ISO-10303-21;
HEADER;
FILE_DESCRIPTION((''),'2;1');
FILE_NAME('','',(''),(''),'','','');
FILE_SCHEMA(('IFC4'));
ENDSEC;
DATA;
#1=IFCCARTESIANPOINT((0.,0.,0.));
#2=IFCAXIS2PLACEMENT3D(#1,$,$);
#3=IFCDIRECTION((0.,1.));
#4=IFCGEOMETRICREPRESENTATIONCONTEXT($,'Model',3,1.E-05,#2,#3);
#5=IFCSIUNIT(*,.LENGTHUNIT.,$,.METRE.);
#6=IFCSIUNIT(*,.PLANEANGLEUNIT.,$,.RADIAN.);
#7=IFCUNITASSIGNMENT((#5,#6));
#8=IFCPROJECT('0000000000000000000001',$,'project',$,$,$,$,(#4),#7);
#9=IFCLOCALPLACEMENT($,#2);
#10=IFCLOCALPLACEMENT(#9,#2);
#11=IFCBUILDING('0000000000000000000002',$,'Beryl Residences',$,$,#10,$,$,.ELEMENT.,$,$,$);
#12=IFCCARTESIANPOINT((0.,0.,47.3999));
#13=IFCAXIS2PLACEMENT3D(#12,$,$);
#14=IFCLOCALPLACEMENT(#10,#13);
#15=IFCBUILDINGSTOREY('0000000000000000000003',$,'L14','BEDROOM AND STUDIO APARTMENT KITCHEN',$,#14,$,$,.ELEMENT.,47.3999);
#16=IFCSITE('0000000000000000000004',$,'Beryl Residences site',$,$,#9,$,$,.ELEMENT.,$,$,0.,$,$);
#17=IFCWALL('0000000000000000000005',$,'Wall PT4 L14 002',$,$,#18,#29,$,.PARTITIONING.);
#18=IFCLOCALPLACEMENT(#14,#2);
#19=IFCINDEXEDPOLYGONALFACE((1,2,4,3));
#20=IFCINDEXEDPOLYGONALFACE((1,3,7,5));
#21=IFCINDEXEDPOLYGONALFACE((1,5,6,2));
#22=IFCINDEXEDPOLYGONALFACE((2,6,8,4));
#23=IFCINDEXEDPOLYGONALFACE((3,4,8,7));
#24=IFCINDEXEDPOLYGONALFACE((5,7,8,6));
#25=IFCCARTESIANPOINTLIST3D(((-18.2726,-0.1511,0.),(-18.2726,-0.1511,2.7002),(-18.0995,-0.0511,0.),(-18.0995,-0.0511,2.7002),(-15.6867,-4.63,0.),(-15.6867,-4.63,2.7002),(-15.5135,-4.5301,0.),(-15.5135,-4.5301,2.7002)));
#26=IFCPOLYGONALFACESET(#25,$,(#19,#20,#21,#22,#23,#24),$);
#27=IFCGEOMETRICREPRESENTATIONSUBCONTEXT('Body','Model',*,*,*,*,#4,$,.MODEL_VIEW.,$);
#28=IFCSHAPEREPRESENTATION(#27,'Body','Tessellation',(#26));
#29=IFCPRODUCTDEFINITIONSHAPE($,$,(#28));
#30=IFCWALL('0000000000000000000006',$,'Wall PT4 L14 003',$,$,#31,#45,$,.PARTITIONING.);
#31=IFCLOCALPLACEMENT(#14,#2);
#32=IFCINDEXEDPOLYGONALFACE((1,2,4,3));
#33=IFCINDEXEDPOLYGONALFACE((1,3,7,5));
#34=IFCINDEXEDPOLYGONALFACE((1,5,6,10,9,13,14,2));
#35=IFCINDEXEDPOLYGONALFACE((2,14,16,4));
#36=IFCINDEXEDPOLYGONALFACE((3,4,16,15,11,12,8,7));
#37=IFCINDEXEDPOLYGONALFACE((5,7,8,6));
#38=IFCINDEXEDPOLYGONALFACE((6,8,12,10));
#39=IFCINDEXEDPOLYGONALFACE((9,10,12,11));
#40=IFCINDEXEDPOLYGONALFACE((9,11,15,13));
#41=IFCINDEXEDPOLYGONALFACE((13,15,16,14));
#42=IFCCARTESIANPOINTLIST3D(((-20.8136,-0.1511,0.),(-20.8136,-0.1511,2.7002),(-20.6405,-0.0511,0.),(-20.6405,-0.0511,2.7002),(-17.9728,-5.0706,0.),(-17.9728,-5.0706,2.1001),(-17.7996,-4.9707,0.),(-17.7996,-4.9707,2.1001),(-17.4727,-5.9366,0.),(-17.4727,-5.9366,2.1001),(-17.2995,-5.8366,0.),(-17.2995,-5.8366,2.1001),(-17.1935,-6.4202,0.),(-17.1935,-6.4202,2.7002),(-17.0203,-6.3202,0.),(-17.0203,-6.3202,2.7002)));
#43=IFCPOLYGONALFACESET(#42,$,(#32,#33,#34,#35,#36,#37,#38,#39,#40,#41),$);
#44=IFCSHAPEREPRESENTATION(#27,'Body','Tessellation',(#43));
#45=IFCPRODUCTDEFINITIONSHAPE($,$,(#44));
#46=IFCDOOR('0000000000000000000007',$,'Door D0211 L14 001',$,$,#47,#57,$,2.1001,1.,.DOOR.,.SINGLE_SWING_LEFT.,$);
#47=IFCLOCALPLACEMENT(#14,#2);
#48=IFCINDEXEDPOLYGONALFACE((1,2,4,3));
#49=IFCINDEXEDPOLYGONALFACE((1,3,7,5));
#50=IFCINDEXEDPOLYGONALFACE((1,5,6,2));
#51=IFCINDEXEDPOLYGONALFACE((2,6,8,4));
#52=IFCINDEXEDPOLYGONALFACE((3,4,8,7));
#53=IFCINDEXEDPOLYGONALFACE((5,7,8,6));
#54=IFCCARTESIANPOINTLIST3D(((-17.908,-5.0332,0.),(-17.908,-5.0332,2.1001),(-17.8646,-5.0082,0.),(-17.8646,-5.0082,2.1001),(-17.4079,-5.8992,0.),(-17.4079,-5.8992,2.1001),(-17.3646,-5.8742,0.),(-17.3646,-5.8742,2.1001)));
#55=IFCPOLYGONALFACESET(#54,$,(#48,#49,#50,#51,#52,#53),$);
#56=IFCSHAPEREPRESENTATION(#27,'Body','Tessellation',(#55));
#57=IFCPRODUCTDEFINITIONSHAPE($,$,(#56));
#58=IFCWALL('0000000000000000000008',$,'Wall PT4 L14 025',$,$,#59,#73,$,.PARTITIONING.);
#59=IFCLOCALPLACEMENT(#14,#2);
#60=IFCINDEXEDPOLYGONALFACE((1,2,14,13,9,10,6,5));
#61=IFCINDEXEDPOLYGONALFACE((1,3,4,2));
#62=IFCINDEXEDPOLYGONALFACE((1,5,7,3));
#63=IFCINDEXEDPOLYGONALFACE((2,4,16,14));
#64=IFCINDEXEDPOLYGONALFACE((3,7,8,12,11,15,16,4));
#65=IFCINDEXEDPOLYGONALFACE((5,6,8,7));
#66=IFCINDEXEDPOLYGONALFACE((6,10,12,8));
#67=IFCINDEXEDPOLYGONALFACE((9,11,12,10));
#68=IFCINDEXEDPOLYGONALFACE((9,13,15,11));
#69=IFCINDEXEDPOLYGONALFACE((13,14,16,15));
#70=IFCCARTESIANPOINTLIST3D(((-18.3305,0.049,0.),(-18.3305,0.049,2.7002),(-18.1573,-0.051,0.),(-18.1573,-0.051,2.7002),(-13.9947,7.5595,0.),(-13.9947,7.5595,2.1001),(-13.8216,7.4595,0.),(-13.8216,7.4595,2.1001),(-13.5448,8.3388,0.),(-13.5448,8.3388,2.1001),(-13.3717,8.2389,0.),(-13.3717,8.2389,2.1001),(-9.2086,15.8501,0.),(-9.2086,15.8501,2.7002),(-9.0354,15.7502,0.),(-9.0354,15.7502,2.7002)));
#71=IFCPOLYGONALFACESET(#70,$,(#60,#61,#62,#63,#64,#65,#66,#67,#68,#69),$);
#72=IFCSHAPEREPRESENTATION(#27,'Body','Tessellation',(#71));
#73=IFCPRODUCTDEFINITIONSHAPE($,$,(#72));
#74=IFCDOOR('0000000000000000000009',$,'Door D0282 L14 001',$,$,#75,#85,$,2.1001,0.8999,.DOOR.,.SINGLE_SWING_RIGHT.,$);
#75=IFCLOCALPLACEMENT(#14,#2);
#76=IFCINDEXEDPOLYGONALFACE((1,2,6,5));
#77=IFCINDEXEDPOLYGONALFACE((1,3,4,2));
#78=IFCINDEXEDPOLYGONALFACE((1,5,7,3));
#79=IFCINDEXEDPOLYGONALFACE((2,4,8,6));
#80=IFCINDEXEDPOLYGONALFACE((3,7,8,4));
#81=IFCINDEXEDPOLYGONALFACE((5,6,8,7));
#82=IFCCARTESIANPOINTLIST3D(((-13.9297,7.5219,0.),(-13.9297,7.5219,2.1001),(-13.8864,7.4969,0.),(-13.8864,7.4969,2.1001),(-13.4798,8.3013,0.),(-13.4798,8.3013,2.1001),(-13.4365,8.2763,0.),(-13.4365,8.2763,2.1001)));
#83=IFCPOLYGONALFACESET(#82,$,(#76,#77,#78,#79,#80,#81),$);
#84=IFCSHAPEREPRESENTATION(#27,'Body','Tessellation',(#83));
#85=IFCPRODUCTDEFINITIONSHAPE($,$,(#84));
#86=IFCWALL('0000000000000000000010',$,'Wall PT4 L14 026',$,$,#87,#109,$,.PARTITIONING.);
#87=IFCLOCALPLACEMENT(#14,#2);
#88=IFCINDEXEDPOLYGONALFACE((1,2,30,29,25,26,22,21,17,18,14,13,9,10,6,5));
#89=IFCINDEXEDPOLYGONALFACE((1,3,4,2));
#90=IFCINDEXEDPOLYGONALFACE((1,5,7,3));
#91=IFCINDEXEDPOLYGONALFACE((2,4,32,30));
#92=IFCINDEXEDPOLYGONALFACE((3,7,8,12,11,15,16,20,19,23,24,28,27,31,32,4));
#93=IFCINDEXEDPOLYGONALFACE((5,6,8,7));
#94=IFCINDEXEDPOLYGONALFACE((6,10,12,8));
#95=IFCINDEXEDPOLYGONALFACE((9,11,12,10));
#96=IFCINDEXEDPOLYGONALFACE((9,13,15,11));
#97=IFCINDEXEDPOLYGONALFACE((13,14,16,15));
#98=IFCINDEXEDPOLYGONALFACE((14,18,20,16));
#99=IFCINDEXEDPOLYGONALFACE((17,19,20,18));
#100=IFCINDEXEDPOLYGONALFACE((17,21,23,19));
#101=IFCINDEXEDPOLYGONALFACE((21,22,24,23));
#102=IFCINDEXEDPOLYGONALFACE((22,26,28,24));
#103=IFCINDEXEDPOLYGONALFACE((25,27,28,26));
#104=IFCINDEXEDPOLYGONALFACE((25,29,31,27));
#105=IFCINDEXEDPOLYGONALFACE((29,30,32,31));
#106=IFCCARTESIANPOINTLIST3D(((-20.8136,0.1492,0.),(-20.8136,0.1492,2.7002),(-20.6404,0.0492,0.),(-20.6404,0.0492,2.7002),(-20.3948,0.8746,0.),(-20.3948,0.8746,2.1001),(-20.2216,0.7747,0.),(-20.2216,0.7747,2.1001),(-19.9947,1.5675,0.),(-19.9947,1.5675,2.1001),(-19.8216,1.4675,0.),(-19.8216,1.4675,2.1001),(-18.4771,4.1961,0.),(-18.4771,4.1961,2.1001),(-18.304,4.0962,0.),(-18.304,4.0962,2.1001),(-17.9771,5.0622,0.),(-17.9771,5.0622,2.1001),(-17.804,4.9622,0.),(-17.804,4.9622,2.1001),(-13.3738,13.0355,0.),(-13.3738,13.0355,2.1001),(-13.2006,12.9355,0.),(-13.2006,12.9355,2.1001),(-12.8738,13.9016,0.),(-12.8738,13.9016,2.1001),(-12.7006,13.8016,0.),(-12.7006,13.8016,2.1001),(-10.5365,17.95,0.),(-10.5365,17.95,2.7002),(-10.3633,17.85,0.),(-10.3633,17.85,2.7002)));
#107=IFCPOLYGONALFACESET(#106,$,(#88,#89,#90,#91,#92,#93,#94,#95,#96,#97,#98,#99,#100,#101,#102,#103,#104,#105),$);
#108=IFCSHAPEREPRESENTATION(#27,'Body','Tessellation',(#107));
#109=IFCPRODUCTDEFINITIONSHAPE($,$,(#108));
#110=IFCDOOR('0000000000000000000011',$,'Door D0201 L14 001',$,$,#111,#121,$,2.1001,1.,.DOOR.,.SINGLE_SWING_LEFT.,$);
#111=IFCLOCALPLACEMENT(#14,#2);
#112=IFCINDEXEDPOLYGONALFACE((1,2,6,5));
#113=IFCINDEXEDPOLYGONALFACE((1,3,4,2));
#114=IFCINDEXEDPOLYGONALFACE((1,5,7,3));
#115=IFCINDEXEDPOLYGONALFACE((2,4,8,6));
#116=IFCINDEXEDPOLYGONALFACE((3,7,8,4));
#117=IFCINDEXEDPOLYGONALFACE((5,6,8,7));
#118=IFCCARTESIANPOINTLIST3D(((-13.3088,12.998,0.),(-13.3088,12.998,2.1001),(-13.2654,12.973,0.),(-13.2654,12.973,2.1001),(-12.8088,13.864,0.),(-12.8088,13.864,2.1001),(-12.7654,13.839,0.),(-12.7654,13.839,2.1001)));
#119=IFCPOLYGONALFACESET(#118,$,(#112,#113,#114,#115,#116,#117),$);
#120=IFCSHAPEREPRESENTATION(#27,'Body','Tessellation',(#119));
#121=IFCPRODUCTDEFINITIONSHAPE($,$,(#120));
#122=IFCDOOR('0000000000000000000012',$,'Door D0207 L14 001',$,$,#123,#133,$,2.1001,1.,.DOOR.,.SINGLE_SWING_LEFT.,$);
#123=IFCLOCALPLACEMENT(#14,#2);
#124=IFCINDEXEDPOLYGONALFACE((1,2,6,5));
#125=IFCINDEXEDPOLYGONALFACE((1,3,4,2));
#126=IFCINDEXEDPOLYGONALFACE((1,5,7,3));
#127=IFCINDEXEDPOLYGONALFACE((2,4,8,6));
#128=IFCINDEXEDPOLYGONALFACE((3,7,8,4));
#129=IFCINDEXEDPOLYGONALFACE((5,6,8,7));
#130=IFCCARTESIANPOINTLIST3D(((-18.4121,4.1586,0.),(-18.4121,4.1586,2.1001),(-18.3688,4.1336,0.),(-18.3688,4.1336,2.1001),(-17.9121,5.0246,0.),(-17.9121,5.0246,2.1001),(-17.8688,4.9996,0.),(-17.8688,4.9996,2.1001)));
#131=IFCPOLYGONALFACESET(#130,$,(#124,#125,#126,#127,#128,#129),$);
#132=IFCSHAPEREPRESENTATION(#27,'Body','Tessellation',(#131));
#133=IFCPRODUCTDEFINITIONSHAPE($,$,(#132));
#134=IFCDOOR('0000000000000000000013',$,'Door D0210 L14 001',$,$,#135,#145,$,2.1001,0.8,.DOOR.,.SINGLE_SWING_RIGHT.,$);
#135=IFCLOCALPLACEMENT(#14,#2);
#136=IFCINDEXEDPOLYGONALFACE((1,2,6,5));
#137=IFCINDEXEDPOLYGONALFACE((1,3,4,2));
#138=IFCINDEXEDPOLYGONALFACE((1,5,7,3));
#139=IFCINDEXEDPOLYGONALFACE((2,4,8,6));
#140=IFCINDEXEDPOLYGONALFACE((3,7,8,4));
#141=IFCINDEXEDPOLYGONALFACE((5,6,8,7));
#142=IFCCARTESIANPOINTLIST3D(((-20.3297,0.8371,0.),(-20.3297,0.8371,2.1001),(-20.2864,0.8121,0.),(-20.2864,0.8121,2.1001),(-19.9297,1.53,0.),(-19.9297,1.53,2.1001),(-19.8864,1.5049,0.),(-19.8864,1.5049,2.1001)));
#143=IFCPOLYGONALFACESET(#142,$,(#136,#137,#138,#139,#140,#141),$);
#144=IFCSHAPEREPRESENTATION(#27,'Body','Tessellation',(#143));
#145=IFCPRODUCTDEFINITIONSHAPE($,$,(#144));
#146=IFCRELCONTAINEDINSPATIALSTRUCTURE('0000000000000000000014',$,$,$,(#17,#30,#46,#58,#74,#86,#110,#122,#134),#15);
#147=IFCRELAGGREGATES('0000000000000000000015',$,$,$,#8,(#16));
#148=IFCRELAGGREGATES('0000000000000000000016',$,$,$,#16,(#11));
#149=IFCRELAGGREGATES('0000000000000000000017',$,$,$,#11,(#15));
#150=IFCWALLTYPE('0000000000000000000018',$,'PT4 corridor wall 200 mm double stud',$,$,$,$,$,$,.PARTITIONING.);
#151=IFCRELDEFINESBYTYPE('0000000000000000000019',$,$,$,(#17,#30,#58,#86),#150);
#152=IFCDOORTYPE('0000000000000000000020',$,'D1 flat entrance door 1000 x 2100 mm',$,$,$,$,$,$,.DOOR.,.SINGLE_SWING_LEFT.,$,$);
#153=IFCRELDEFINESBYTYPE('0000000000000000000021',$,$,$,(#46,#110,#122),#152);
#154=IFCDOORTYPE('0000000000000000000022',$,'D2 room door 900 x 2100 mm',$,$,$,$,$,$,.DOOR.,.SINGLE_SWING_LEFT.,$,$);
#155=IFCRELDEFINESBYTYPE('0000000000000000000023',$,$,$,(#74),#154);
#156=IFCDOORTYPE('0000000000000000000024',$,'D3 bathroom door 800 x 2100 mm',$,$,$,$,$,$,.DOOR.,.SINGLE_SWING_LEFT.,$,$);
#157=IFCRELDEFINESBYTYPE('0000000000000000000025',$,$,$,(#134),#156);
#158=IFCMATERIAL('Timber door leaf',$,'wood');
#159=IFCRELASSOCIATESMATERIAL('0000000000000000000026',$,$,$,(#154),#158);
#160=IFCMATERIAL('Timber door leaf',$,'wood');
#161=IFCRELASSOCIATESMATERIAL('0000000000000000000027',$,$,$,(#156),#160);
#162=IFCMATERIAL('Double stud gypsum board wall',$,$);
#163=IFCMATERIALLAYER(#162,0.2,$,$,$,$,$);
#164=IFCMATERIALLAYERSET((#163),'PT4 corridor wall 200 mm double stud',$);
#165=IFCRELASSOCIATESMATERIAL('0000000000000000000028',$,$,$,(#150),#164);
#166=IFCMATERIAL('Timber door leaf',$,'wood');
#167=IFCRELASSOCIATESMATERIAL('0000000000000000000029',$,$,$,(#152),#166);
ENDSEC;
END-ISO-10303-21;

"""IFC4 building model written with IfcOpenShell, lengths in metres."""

from ifc_helpers import new_model, si_unit, direction, frame, frame_2d, origin, place, context, subcontext, project, spatial, rectangle, extrude, material, layer, layer_set, type_object, element, fill, save


model = new_model("IFC4")

# Units and contexts
model_context = context("Model", 3, precision=1e-05, world=origin(), true_north=direction((0.0, 1.0)))
body_context = subcontext(model_context, "Body", "Model", "MODEL_VIEW")
ifc_project = project(units=[si_unit("LENGTHUNIT", "METRE"), si_unit("PLANEANGLEUNIT", "RADIAN")], contexts=[model_context])

# Site, building, storey
site_placement = place(None, origin())
site = spatial("IfcSite", under=ifc_project, at=site_placement, Name="Beryl Residences site", CompositionType="ELEMENT", RefElevation=0.0)
building_placement = place(site_placement, origin())
building = spatial("IfcBuilding", under=site, at=building_placement, Name="Beryl Residences", CompositionType="ELEMENT")
storey_placement = place(building_placement, frame((0.0, 0.0, 47.3999)))
storey = spatial("IfcBuildingStorey", under=building, at=storey_placement, Name="L14", Description="BEDROOM AND STUDIO APARTMENT KITCHEN", CompositionType="ELEMENT", Elevation=47.3999)

# Shared definitions
ifc_material_1 = material(Name="Timber door leaf", Category="wood")
door_type_1 = type_object("IfcDoorType", Name="D2 room door 900 x 2100 mm", OperationType="SINGLE_SWING_LEFT", PredefinedType="DOOR", material=ifc_material_1)
ifc_material_2 = material(Name="Timber door leaf", Category="wood")
door_type_2 = type_object("IfcDoorType", Name="D3 bathroom door 800 x 2100 mm", OperationType="SINGLE_SWING_LEFT", PredefinedType="DOOR", material=ifc_material_2)

# Wall
ifc_material_3 = material(Name="Double stud gypsum board wall")
ifc_layer_1 = layer(ifc_material_3, 0.2)
ifc_layer_set_1 = layer_set([ifc_layer_1], Name="PT4 corridor wall 200 mm double stud")
wall_type_1 = type_object("IfcWallType", Name="PT4 corridor wall 200 mm double stud", PredefinedType="PARTITIONING", material=ifc_layer_set_1)
wall_1_placement = place(storey_placement, frame((-18.186, -0.1011, 0.0), z_axis=(0.0, 0.0, 1.0), x_axis=(0.499998, -0.866027, 0.0)))
element("IfcWall", 1, at=wall_1_placement, inside=storey, type_object=wall_type_1, Name="Wall PT4 L14 002", PredefinedType="PARTITIONING", context=body_context, shape_type="SweptSolid", body=[
    extrude(rectangle(XDim=5.1719, YDim=0.2, at=frame_2d((2.5859, 0.0))), origin(), (0.0, 0.0, 1.0), 2.7002),
])

# Walls, openings, doors
wall_2_placement = place(storey_placement, frame((-20.7271, -0.1011, 0.0), z_axis=(0.0, 0.0, 1.0), x_axis=(0.500071, -0.865985, 0.0)))
wall_2 = element("IfcWall", 2, at=wall_2_placement, inside=storey, type_object=wall_type_1, Name="Wall PT4 L14 003", PredefinedType="PARTITIONING", context=body_context, shape_type="SweptSolid", body=[
    extrude(rectangle(XDim=7.2393, YDim=0.2, at=frame_2d((3.6196, 0.0))), origin(), (0.0, 0.0, 1.0), 2.7002),
])
opening_1_placement = place(wall_2_placement, frame((5.6809, 0.0, 0.0)))
opening_1 = element("IfcOpeningElement", 3, at=opening_1_placement, cuts=wall_2, PredefinedType="OPENING", context=body_context, shape_type="SweptSolid", body=[
    extrude(rectangle(XDim=1.0, YDim=2.1001, at=frame_2d((0.5, 1.05))), frame((0.0, 0.1099, 0.0), z_axis=(0.0, -1.0, 0.0), x_axis=(1.0, 0.0, 0.0)), (0.0, 0.0, 1.0), 0.22),
])
ifc_material_4 = material(Name="Timber door leaf", Category="wood")
door_type_3 = type_object("IfcDoorType", Name="D1 flat entrance door 1000 x 2100 mm", OperationType="SINGLE_SWING_LEFT", PredefinedType="DOOR", material=ifc_material_4)
door_1_placement = place(opening_1_placement, origin())
door_1 = element("IfcDoor", 4, at=door_1_placement, inside=storey, type_object=door_type_3, Name="Door D0211 L14 001", OperationType="SINGLE_SWING_LEFT", OverallHeight=2.1001, OverallWidth=1.0, PredefinedType="DOOR", context=body_context, shape_type="SweptSolid", body=[
    extrude(rectangle(XDim=1.0, YDim=2.1001, at=frame_2d((0.5, 1.05))), frame((0.0, 0.0249, 0.0), z_axis=(0.0, -1.0, 0.0), x_axis=(1.0, 0.0, 0.0)), (0.0, 0.0, 1.0), 0.05),
])
fill(opening_1, door_1)
wall_3_placement = place(storey_placement, frame((-18.2439, -0.001, 0.0), z_axis=(0.0, 0.0, 1.0), x_axis=(0.499963, 0.866047, 0.0)))
wall_3 = element("IfcWall", 5, at=wall_3_placement, inside=storey, type_object=wall_type_1, Name="Wall PT4 L14 025", PredefinedType="PARTITIONING", context=body_context, shape_type="SweptSolid", body=[
    extrude(rectangle(XDim=18.2451, YDim=0.2, at=frame_2d((9.1226, 0.0))), origin(), (0.0, 0.0, 1.0), 2.7002),
])
opening_2_placement = place(wall_3_placement, frame((8.6721, 0.0, 0.0)))
opening_2 = element("IfcOpeningElement", 6, at=opening_2_placement, cuts=wall_3, PredefinedType="OPENING", context=body_context, shape_type="SweptSolid", body=[
    extrude(rectangle(XDim=0.8999, YDim=2.1001, at=frame_2d((0.45, 1.05))), frame((0.0, 0.1099, 0.0), z_axis=(0.0, -1.0, 0.0), x_axis=(1.0, 0.0, 0.0)), (0.0, 0.0, 1.0), 0.22),
])
door_2_placement = place(opening_2_placement, origin())
door_2 = element("IfcDoor", 7, at=door_2_placement, inside=storey, type_object=door_type_1, Name="Door D0282 L14 001", OperationType="SINGLE_SWING_RIGHT", OverallHeight=2.1001, OverallWidth=0.8999, PredefinedType="DOOR", context=body_context, shape_type="SweptSolid", body=[
    extrude(rectangle(XDim=0.8999, YDim=2.1001, at=frame_2d((0.45, 1.05))), frame((0.0, 0.0249, 0.0), z_axis=(0.0, -1.0, 0.0), x_axis=(1.0, 0.0, 0.0)), (0.0, 0.0, 1.0), 0.05),
])
fill(opening_2, door_2)

# Wall, openings, doors
wall_4_placement = place(storey_placement, frame((-20.7271, 0.0991, 0.0), z_axis=(0.0, 0.0, 1.0), x_axis=(0.499993, 0.866029, 0.0)))
wall_4 = element("IfcWall", 8, at=wall_4_placement, inside=storey, type_object=wall_type_1, Name="Wall PT4 L14 026", PredefinedType="PARTITIONING", context=body_context, shape_type="SweptSolid", body=[
    extrude(rectangle(XDim=20.5544, YDim=0.2, at=frame_2d((10.2773, 0.0))), origin(), (0.0, 0.0, 1.0), 2.7002),
])
opening_3_placement = place(wall_4_placement, frame((14.8799, 0.0, 0.0)))
opening_3 = element("IfcOpeningElement", 9, at=opening_3_placement, cuts=wall_4, PredefinedType="OPENING", context=body_context, shape_type="SweptSolid", body=[
    extrude(rectangle(XDim=1.0, YDim=2.1001, at=frame_2d((0.5, 1.05))), frame((0.0, 0.1099, 0.0), z_axis=(0.0, -1.0, 0.0), x_axis=(1.0, 0.0, 0.0)), (0.0, 0.0, 1.0), 0.22),
])
opening_4_placement = place(wall_4_placement, frame((4.6731, 0.0, 0.0)))
opening_4 = element("IfcOpeningElement", 10, at=opening_4_placement, cuts=wall_4, PredefinedType="OPENING", context=body_context, shape_type="SweptSolid", body=[
    extrude(rectangle(XDim=1.0, YDim=2.1001, at=frame_2d((0.5, 1.05))), frame((0.0, 0.1099, 0.0), z_axis=(0.0, -1.0, 0.0), x_axis=(1.0, 0.0, 0.0)), (0.0, 0.0, 1.0), 0.22),
])
opening_5_placement = place(wall_4_placement, frame((0.8379, 0.0, 0.0)))
opening_5 = element("IfcOpeningElement", 11, at=opening_5_placement, cuts=wall_4, PredefinedType="OPENING", context=body_context, shape_type="SweptSolid", body=[
    extrude(rectangle(XDim=0.8, YDim=2.1001, at=frame_2d((0.3999, 1.05))), frame((0.0, 0.1099, 0.0), z_axis=(0.0, -1.0, 0.0), x_axis=(1.0, 0.0, 0.0)), (0.0, 0.0, 1.0), 0.22),
])
door_3_placement = place(opening_3_placement, origin())
door_3 = element("IfcDoor", 12, at=door_3_placement, inside=storey, type_object=door_type_3, Name="Door D0201 L14 001", OperationType="SINGLE_SWING_LEFT", OverallHeight=2.1001, OverallWidth=1.0, PredefinedType="DOOR", context=body_context, shape_type="SweptSolid", body=[
    extrude(rectangle(XDim=1.0, YDim=2.1001, at=frame_2d((0.5, 1.05))), frame((0.0, 0.0249, 0.0), z_axis=(0.0, -1.0, 0.0), x_axis=(1.0, 0.0, 0.0)), (0.0, 0.0, 1.0), 0.05),
])
fill(opening_3, door_3)
door_4_placement = place(opening_4_placement, origin())
door_4 = element("IfcDoor", 13, at=door_4_placement, inside=storey, type_object=door_type_3, Name="Door D0207 L14 001", OperationType="SINGLE_SWING_LEFT", OverallHeight=2.1001, OverallWidth=1.0, PredefinedType="DOOR", context=body_context, shape_type="SweptSolid", body=[
    extrude(rectangle(XDim=1.0, YDim=2.1001, at=frame_2d((0.5, 1.05))), frame((0.0, 0.0249, 0.0), z_axis=(0.0, -1.0, 0.0), x_axis=(1.0, 0.0, 0.0)), (0.0, 0.0, 1.0), 0.05),
])
fill(opening_4, door_4)
door_5_placement = place(opening_5_placement, origin())
door_5 = element("IfcDoor", 14, at=door_5_placement, inside=storey, type_object=door_type_2, Name="Door D0210 L14 001", OperationType="SINGLE_SWING_RIGHT", OverallHeight=2.1001, OverallWidth=0.8, PredefinedType="DOOR", context=body_context, shape_type="SweptSolid", body=[
    extrude(rectangle(XDim=0.8, YDim=2.1001, at=frame_2d((0.3999, 1.05))), frame((0.0, 0.0249, 0.0), z_axis=(0.0, -1.0, 0.0), x_axis=(1.0, 0.0, 0.0)), (0.0, 0.0, 1.0), 0.05),
])
fill(opening_5, door_5)

save(model, "model.ifc")
